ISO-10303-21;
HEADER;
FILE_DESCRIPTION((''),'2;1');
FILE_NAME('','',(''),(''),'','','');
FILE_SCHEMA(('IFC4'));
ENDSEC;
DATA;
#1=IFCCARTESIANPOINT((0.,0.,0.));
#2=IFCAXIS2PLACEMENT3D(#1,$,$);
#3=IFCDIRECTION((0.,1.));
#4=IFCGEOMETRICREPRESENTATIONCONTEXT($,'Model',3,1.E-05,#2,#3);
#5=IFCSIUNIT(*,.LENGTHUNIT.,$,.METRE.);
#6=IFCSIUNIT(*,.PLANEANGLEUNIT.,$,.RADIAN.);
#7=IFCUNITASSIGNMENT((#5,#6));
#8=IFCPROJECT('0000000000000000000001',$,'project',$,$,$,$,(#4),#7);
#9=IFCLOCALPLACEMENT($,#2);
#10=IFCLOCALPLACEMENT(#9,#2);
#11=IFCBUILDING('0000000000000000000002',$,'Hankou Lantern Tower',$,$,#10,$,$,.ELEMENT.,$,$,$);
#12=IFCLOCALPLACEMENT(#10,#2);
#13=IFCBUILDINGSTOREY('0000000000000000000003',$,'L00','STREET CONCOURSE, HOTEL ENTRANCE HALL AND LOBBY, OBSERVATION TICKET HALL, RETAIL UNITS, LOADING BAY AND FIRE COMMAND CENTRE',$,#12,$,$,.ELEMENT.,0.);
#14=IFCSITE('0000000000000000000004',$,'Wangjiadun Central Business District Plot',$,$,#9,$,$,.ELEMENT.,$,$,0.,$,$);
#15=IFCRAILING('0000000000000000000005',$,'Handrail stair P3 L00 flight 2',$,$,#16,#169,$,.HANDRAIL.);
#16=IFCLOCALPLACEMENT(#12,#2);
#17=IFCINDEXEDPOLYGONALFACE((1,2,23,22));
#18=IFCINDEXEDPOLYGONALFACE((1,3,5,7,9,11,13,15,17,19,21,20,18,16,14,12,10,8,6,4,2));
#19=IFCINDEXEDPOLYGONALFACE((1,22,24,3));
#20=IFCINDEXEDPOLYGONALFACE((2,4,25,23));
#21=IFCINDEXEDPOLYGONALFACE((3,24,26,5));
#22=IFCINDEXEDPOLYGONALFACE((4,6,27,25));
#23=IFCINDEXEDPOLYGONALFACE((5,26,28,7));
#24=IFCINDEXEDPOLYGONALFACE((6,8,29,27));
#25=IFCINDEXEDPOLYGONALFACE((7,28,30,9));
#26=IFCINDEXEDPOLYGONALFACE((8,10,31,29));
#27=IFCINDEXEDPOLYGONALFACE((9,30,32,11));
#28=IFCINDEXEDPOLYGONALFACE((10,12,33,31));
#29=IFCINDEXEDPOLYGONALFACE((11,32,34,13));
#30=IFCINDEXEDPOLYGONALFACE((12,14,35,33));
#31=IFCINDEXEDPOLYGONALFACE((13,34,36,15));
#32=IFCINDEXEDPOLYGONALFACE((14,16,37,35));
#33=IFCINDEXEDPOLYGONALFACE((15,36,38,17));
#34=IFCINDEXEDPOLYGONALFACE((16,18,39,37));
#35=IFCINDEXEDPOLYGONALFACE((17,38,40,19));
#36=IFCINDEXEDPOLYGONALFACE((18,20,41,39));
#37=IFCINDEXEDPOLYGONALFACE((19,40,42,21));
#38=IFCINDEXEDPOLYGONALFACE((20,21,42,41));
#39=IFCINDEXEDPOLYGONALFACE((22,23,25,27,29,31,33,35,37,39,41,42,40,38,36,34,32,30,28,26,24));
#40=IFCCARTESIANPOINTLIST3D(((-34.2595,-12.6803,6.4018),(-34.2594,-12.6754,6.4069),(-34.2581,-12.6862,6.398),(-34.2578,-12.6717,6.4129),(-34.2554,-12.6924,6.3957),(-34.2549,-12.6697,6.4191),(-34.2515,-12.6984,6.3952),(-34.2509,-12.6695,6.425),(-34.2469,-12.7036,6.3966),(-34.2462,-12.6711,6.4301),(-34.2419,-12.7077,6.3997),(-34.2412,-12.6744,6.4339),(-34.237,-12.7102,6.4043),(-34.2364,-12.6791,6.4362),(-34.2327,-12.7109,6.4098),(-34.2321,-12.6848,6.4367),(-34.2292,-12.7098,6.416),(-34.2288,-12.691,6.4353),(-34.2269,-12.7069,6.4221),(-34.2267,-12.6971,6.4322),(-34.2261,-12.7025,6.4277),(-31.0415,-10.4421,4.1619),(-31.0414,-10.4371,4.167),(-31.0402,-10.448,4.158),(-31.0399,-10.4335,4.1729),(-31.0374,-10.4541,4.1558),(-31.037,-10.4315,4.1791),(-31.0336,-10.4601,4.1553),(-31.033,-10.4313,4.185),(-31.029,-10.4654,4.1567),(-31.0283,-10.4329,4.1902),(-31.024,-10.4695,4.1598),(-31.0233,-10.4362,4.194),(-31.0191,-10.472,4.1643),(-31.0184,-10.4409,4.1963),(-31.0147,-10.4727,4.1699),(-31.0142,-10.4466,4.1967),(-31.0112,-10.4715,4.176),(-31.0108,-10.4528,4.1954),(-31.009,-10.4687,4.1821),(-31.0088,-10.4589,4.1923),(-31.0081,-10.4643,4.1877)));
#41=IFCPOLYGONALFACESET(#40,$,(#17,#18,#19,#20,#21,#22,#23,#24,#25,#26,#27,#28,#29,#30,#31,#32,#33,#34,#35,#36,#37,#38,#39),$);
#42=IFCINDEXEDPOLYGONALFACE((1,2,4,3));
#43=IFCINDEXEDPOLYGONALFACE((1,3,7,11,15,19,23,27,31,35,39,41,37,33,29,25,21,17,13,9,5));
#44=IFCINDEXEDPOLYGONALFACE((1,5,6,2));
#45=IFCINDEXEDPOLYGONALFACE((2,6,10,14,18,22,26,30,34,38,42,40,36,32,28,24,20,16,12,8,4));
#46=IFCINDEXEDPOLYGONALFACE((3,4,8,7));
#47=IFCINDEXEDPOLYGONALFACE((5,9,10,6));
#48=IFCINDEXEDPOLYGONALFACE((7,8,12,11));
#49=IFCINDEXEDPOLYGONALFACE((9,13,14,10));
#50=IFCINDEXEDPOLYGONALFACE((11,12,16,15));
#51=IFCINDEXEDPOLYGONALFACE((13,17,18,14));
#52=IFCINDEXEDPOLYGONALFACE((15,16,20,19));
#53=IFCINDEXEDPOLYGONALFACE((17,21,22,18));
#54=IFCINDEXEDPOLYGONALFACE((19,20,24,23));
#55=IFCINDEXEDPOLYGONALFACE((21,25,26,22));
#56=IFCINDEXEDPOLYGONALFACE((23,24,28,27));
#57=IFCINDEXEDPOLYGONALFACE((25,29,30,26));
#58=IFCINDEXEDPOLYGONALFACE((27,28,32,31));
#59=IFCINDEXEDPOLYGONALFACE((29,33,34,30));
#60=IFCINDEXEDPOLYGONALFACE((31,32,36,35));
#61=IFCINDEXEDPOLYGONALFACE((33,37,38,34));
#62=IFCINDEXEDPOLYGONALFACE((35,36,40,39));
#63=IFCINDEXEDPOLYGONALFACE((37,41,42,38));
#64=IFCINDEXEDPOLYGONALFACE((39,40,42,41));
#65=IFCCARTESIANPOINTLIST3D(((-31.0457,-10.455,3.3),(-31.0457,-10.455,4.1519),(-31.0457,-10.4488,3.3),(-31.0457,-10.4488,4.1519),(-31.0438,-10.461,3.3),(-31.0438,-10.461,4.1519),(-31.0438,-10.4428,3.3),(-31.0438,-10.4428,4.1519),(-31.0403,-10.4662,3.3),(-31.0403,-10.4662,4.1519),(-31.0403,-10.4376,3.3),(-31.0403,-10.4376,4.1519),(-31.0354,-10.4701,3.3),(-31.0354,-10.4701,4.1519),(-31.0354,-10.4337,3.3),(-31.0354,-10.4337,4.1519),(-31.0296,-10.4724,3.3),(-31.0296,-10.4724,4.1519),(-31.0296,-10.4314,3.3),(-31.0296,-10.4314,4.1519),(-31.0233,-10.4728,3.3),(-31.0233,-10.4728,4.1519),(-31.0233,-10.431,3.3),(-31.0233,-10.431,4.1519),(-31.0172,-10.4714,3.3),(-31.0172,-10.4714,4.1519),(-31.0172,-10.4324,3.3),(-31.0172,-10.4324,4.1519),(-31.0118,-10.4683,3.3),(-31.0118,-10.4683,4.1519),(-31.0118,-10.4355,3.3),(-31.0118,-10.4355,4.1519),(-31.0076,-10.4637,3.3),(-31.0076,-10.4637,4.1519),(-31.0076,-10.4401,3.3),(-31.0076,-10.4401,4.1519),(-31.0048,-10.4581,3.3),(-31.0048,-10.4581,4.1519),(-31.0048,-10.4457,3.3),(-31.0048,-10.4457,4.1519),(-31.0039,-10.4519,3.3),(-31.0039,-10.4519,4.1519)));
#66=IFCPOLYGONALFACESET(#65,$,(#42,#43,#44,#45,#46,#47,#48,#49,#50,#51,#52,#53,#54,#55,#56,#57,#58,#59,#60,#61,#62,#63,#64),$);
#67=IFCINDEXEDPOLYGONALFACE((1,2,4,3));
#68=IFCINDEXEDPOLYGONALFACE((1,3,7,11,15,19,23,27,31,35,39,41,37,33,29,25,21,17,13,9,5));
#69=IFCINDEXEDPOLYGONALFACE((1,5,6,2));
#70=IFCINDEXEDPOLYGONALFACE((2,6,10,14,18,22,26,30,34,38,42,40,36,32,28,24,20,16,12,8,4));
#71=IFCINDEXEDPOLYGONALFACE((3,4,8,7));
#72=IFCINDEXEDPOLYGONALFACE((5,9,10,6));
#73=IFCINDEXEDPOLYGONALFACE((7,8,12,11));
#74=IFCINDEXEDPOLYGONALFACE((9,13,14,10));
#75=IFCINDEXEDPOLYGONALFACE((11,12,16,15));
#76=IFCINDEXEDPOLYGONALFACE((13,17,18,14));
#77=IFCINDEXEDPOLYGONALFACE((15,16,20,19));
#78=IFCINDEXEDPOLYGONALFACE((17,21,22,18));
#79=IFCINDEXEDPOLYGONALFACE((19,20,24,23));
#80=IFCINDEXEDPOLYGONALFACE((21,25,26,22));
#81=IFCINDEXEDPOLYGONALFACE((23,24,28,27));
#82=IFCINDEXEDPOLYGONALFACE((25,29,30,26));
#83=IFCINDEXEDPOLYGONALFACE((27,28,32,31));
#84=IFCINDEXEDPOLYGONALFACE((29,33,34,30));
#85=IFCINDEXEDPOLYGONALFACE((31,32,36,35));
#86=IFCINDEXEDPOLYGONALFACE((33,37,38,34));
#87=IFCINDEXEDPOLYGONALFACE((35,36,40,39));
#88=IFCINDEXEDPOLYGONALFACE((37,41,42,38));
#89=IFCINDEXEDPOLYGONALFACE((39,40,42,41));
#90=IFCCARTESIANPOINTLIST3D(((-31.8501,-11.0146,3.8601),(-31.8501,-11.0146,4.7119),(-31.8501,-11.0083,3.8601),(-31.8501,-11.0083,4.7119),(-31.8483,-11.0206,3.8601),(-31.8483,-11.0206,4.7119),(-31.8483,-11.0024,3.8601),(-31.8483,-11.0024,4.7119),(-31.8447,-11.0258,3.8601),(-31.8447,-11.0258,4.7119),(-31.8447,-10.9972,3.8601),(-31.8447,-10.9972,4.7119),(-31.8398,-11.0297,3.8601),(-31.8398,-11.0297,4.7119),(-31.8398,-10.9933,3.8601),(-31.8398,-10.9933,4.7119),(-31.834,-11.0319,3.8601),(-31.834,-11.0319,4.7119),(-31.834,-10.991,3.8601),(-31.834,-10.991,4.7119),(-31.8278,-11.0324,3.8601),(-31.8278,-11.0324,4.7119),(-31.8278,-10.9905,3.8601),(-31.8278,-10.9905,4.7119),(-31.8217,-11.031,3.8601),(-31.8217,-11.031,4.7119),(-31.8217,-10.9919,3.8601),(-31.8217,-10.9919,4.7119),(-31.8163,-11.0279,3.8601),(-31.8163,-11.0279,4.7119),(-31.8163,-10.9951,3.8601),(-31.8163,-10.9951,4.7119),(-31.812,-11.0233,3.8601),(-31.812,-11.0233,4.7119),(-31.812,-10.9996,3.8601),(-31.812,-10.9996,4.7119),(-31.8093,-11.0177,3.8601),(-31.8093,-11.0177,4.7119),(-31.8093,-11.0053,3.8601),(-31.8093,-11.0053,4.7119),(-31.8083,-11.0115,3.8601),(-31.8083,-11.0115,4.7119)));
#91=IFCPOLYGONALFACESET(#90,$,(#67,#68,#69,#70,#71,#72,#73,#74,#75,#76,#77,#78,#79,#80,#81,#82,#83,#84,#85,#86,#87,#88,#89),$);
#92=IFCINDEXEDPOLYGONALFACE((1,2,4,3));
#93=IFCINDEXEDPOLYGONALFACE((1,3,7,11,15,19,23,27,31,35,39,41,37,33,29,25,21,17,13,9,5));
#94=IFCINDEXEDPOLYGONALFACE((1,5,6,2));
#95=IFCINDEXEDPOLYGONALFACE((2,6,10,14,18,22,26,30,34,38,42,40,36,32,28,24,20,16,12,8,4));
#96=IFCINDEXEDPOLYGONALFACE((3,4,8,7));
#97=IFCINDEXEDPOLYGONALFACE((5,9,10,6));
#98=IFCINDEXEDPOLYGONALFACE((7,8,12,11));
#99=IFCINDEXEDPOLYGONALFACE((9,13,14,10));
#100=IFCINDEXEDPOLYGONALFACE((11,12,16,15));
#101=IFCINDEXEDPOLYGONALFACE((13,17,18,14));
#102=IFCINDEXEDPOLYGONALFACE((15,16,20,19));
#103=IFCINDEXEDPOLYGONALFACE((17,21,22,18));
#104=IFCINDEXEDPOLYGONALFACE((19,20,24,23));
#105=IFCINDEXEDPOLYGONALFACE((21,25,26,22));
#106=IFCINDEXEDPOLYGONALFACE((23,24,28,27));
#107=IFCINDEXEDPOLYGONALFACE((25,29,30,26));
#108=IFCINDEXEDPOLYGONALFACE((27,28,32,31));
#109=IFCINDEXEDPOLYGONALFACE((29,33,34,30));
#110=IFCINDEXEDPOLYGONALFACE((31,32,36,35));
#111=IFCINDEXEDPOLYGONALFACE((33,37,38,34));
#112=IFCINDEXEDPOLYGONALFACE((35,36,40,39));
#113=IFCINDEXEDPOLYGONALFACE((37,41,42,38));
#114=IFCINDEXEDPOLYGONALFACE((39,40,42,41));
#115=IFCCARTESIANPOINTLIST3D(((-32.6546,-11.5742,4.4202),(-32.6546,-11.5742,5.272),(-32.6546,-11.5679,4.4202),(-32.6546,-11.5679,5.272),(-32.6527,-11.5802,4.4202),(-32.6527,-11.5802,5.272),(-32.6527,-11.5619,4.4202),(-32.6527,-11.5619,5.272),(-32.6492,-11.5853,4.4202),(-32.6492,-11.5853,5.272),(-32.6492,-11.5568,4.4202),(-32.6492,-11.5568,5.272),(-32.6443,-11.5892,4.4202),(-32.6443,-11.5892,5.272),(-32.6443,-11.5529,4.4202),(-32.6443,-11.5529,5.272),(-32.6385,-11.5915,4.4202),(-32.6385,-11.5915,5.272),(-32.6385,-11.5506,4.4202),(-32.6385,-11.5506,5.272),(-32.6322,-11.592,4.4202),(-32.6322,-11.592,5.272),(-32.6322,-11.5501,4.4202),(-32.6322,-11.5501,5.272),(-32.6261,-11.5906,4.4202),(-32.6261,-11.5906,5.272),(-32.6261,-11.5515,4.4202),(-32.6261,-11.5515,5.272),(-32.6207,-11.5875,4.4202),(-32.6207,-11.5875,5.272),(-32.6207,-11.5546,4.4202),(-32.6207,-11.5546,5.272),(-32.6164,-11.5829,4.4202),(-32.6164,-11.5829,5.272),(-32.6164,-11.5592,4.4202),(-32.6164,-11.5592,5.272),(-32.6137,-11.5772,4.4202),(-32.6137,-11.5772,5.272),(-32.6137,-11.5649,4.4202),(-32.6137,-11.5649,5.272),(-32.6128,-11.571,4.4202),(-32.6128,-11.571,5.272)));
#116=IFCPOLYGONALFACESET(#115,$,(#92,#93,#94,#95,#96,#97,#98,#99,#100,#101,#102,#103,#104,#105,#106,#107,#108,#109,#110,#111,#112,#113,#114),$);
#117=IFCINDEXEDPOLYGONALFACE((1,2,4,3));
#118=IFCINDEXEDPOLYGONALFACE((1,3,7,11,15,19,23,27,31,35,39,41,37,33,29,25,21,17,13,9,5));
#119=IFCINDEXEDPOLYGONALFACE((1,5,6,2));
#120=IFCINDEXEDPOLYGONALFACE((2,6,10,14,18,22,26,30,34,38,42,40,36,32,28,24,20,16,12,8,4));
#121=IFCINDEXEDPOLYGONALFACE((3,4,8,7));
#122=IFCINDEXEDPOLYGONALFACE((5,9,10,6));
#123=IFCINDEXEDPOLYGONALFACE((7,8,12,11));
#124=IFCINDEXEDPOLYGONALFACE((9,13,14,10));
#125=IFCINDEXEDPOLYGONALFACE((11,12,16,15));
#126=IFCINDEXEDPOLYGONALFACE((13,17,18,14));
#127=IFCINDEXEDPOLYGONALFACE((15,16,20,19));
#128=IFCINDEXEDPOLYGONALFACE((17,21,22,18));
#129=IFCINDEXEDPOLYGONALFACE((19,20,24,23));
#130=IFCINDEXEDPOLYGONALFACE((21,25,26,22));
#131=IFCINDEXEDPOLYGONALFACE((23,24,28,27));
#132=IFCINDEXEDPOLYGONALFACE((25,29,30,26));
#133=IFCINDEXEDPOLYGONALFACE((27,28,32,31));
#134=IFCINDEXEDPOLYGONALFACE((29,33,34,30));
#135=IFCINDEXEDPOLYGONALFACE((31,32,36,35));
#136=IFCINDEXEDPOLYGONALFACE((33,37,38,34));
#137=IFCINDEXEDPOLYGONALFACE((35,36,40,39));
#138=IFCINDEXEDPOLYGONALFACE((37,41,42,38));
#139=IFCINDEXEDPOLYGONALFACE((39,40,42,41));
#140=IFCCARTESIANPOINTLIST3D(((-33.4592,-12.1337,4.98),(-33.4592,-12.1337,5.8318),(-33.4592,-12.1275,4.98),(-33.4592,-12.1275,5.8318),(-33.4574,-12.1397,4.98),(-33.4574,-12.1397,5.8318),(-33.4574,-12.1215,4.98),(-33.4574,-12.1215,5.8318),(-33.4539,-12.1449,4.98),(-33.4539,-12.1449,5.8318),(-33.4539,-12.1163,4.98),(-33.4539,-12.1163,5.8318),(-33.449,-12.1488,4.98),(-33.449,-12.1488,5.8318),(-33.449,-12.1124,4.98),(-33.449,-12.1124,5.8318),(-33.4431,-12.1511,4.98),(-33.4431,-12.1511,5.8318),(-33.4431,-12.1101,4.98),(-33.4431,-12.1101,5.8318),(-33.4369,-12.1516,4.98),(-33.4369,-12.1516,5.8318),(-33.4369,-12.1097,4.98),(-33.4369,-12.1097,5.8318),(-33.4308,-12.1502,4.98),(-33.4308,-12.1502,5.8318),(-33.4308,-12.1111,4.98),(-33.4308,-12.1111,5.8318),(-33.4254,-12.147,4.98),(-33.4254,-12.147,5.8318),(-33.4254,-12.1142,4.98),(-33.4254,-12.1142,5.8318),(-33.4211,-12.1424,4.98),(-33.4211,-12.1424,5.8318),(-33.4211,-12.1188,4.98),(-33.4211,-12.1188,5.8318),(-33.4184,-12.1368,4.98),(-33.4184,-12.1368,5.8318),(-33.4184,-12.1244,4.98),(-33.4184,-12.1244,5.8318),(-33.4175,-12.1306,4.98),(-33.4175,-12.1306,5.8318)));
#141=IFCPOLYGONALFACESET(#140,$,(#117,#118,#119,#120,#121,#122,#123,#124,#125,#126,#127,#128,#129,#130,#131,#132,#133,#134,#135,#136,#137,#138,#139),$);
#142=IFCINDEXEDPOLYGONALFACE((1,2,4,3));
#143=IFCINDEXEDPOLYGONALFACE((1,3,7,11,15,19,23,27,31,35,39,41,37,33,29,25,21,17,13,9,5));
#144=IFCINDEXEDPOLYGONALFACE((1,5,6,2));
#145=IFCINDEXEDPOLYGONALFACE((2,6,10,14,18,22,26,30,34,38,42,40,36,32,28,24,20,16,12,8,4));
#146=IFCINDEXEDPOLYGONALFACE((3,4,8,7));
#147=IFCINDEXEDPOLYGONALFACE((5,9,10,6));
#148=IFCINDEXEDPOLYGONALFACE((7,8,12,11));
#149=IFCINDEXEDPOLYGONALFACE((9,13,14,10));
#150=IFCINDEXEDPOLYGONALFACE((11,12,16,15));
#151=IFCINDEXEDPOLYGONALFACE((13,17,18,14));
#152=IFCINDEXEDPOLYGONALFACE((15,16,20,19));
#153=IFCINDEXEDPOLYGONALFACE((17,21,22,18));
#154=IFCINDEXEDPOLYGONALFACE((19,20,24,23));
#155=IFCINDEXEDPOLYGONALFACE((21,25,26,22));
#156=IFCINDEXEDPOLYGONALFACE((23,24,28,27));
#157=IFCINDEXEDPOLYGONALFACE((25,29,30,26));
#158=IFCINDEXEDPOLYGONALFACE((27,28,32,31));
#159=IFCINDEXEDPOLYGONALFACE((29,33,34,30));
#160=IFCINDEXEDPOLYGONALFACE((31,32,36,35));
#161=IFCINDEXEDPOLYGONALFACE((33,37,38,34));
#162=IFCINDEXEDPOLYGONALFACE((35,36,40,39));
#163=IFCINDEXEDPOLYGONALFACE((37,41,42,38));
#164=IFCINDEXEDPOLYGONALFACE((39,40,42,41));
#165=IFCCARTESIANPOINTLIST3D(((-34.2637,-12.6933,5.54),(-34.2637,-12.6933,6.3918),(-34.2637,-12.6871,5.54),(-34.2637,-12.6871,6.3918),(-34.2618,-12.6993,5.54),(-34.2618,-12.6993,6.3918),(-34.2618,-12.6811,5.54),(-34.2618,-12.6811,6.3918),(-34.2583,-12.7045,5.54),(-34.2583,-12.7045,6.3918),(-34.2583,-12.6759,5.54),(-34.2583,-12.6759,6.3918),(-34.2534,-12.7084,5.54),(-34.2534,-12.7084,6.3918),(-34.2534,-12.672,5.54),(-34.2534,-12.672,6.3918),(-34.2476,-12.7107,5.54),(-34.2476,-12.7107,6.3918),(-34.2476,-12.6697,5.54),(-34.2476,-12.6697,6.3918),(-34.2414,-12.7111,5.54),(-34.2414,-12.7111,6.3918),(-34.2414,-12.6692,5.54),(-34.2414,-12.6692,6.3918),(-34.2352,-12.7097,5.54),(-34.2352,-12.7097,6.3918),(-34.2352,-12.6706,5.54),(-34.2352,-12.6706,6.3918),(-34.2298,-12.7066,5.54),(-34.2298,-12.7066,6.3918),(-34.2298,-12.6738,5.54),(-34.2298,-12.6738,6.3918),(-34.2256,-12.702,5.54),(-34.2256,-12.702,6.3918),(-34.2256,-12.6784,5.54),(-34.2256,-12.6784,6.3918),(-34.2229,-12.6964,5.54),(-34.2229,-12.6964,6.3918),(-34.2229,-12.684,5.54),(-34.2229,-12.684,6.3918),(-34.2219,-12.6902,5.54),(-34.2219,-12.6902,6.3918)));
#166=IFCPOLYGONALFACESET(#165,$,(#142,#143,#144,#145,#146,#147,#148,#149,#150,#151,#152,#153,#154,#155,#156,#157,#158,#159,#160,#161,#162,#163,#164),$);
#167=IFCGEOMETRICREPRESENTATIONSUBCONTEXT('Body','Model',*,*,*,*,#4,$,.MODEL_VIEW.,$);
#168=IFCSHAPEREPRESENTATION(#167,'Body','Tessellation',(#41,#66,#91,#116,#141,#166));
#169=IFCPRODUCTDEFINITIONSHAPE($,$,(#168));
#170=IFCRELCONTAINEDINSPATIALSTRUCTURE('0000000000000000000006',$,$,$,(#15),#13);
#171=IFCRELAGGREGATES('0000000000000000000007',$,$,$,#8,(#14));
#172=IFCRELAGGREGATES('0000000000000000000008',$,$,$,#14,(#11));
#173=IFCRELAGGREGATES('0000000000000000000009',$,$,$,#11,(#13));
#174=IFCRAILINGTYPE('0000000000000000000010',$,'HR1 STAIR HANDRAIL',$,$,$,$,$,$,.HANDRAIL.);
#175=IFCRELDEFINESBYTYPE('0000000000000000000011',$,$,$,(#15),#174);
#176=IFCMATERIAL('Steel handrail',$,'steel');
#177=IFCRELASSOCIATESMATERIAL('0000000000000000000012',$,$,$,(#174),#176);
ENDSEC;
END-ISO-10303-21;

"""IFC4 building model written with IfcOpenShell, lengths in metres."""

from ifc_helpers import new_model, si_unit, direction, frame, origin, origin_2d, place, context, subcontext, project, spatial, circle, extrude, material, type_object, element, save


model = new_model("IFC4")

# Units and contexts
model_context = context("Model", 3, precision=1e-05, world=origin(), true_north=direction((0.0, 1.0)))
body_context = subcontext(model_context, "Body", "Model", "MODEL_VIEW")
ifc_project = project(units=[si_unit("LENGTHUNIT", "METRE"), si_unit("PLANEANGLEUNIT", "RADIAN")], contexts=[model_context])

# Site, building, storey
site_placement = place(None, origin())
site = spatial("IfcSite", under=ifc_project, at=site_placement, Name="Wangjiadun Central Business District Plot", CompositionType="ELEMENT", RefElevation=0.0)
building_placement = place(site_placement, origin())
building = spatial("IfcBuilding", under=site, at=building_placement, Name="Hankou Lantern Tower", CompositionType="ELEMENT")
storey_placement = place(building_placement, origin())
storey = spatial("IfcBuildingStorey", under=building, at=storey_placement, Name="L00", Description="STREET CONCOURSE, HOTEL ENTRANCE HALL AND LOBBY, OBSERVATION TICKET HALL, RETAIL UNITS, LOADING BAY AND FIRE COMMAND CENTRE", CompositionType="ELEMENT", Elevation=0.0)

# Railing
ifc_material_1 = material(Name="Steel handrail", Category="steel")
railing_type = type_object("IfcRailingType", Name="HR1 STAIR HANDRAIL", PredefinedType="HANDRAIL", material=ifc_material_1)
railing_placement = place(storey_placement, frame((-31.0249, -10.4519, 3.3)))
element("IfcRailing", 1, at=railing_placement, inside=storey, type_object=railing_type, Name="Handrail stair P3 L00 flight 2", PredefinedType="HANDRAIL", context=body_context, shape_type="SweptSolid", body=[
    extrude(circle(Radius=0.0239, at=origin_2d()), frame((0.0, 0.0, 0.876), z_axis=(-0.712776, -0.495769, 0.496148), x_axis=(0.571006, -0.820946, 0.0)), (0.0, 0.0, 1.0), 4.5146),
    extrude(circle(Radius=0.021, at=origin_2d()), origin(), (0.0, 0.0, 1.0), 0.8518),
    extrude(circle(Radius=0.021, at=origin_2d()), frame((-0.8044, -0.5596, 0.5601)), (0.0, 0.0, 1.0), 0.8518),
    extrude(circle(Radius=0.021, at=origin_2d()), frame((-1.6089, -1.1191, 1.1201)), (0.0, 0.0, 1.0), 0.8518),
    extrude(circle(Radius=0.021, at=origin_2d()), frame((-2.4136, -1.6787, 1.6799)), (0.0, 0.0, 1.0), 0.8518),
    extrude(circle(Radius=0.021, at=origin_2d()), frame((-3.218, -2.2383, 2.24)), (0.0, 0.0, 1.0), 0.8518),
])

save(model, "model.ifc")
